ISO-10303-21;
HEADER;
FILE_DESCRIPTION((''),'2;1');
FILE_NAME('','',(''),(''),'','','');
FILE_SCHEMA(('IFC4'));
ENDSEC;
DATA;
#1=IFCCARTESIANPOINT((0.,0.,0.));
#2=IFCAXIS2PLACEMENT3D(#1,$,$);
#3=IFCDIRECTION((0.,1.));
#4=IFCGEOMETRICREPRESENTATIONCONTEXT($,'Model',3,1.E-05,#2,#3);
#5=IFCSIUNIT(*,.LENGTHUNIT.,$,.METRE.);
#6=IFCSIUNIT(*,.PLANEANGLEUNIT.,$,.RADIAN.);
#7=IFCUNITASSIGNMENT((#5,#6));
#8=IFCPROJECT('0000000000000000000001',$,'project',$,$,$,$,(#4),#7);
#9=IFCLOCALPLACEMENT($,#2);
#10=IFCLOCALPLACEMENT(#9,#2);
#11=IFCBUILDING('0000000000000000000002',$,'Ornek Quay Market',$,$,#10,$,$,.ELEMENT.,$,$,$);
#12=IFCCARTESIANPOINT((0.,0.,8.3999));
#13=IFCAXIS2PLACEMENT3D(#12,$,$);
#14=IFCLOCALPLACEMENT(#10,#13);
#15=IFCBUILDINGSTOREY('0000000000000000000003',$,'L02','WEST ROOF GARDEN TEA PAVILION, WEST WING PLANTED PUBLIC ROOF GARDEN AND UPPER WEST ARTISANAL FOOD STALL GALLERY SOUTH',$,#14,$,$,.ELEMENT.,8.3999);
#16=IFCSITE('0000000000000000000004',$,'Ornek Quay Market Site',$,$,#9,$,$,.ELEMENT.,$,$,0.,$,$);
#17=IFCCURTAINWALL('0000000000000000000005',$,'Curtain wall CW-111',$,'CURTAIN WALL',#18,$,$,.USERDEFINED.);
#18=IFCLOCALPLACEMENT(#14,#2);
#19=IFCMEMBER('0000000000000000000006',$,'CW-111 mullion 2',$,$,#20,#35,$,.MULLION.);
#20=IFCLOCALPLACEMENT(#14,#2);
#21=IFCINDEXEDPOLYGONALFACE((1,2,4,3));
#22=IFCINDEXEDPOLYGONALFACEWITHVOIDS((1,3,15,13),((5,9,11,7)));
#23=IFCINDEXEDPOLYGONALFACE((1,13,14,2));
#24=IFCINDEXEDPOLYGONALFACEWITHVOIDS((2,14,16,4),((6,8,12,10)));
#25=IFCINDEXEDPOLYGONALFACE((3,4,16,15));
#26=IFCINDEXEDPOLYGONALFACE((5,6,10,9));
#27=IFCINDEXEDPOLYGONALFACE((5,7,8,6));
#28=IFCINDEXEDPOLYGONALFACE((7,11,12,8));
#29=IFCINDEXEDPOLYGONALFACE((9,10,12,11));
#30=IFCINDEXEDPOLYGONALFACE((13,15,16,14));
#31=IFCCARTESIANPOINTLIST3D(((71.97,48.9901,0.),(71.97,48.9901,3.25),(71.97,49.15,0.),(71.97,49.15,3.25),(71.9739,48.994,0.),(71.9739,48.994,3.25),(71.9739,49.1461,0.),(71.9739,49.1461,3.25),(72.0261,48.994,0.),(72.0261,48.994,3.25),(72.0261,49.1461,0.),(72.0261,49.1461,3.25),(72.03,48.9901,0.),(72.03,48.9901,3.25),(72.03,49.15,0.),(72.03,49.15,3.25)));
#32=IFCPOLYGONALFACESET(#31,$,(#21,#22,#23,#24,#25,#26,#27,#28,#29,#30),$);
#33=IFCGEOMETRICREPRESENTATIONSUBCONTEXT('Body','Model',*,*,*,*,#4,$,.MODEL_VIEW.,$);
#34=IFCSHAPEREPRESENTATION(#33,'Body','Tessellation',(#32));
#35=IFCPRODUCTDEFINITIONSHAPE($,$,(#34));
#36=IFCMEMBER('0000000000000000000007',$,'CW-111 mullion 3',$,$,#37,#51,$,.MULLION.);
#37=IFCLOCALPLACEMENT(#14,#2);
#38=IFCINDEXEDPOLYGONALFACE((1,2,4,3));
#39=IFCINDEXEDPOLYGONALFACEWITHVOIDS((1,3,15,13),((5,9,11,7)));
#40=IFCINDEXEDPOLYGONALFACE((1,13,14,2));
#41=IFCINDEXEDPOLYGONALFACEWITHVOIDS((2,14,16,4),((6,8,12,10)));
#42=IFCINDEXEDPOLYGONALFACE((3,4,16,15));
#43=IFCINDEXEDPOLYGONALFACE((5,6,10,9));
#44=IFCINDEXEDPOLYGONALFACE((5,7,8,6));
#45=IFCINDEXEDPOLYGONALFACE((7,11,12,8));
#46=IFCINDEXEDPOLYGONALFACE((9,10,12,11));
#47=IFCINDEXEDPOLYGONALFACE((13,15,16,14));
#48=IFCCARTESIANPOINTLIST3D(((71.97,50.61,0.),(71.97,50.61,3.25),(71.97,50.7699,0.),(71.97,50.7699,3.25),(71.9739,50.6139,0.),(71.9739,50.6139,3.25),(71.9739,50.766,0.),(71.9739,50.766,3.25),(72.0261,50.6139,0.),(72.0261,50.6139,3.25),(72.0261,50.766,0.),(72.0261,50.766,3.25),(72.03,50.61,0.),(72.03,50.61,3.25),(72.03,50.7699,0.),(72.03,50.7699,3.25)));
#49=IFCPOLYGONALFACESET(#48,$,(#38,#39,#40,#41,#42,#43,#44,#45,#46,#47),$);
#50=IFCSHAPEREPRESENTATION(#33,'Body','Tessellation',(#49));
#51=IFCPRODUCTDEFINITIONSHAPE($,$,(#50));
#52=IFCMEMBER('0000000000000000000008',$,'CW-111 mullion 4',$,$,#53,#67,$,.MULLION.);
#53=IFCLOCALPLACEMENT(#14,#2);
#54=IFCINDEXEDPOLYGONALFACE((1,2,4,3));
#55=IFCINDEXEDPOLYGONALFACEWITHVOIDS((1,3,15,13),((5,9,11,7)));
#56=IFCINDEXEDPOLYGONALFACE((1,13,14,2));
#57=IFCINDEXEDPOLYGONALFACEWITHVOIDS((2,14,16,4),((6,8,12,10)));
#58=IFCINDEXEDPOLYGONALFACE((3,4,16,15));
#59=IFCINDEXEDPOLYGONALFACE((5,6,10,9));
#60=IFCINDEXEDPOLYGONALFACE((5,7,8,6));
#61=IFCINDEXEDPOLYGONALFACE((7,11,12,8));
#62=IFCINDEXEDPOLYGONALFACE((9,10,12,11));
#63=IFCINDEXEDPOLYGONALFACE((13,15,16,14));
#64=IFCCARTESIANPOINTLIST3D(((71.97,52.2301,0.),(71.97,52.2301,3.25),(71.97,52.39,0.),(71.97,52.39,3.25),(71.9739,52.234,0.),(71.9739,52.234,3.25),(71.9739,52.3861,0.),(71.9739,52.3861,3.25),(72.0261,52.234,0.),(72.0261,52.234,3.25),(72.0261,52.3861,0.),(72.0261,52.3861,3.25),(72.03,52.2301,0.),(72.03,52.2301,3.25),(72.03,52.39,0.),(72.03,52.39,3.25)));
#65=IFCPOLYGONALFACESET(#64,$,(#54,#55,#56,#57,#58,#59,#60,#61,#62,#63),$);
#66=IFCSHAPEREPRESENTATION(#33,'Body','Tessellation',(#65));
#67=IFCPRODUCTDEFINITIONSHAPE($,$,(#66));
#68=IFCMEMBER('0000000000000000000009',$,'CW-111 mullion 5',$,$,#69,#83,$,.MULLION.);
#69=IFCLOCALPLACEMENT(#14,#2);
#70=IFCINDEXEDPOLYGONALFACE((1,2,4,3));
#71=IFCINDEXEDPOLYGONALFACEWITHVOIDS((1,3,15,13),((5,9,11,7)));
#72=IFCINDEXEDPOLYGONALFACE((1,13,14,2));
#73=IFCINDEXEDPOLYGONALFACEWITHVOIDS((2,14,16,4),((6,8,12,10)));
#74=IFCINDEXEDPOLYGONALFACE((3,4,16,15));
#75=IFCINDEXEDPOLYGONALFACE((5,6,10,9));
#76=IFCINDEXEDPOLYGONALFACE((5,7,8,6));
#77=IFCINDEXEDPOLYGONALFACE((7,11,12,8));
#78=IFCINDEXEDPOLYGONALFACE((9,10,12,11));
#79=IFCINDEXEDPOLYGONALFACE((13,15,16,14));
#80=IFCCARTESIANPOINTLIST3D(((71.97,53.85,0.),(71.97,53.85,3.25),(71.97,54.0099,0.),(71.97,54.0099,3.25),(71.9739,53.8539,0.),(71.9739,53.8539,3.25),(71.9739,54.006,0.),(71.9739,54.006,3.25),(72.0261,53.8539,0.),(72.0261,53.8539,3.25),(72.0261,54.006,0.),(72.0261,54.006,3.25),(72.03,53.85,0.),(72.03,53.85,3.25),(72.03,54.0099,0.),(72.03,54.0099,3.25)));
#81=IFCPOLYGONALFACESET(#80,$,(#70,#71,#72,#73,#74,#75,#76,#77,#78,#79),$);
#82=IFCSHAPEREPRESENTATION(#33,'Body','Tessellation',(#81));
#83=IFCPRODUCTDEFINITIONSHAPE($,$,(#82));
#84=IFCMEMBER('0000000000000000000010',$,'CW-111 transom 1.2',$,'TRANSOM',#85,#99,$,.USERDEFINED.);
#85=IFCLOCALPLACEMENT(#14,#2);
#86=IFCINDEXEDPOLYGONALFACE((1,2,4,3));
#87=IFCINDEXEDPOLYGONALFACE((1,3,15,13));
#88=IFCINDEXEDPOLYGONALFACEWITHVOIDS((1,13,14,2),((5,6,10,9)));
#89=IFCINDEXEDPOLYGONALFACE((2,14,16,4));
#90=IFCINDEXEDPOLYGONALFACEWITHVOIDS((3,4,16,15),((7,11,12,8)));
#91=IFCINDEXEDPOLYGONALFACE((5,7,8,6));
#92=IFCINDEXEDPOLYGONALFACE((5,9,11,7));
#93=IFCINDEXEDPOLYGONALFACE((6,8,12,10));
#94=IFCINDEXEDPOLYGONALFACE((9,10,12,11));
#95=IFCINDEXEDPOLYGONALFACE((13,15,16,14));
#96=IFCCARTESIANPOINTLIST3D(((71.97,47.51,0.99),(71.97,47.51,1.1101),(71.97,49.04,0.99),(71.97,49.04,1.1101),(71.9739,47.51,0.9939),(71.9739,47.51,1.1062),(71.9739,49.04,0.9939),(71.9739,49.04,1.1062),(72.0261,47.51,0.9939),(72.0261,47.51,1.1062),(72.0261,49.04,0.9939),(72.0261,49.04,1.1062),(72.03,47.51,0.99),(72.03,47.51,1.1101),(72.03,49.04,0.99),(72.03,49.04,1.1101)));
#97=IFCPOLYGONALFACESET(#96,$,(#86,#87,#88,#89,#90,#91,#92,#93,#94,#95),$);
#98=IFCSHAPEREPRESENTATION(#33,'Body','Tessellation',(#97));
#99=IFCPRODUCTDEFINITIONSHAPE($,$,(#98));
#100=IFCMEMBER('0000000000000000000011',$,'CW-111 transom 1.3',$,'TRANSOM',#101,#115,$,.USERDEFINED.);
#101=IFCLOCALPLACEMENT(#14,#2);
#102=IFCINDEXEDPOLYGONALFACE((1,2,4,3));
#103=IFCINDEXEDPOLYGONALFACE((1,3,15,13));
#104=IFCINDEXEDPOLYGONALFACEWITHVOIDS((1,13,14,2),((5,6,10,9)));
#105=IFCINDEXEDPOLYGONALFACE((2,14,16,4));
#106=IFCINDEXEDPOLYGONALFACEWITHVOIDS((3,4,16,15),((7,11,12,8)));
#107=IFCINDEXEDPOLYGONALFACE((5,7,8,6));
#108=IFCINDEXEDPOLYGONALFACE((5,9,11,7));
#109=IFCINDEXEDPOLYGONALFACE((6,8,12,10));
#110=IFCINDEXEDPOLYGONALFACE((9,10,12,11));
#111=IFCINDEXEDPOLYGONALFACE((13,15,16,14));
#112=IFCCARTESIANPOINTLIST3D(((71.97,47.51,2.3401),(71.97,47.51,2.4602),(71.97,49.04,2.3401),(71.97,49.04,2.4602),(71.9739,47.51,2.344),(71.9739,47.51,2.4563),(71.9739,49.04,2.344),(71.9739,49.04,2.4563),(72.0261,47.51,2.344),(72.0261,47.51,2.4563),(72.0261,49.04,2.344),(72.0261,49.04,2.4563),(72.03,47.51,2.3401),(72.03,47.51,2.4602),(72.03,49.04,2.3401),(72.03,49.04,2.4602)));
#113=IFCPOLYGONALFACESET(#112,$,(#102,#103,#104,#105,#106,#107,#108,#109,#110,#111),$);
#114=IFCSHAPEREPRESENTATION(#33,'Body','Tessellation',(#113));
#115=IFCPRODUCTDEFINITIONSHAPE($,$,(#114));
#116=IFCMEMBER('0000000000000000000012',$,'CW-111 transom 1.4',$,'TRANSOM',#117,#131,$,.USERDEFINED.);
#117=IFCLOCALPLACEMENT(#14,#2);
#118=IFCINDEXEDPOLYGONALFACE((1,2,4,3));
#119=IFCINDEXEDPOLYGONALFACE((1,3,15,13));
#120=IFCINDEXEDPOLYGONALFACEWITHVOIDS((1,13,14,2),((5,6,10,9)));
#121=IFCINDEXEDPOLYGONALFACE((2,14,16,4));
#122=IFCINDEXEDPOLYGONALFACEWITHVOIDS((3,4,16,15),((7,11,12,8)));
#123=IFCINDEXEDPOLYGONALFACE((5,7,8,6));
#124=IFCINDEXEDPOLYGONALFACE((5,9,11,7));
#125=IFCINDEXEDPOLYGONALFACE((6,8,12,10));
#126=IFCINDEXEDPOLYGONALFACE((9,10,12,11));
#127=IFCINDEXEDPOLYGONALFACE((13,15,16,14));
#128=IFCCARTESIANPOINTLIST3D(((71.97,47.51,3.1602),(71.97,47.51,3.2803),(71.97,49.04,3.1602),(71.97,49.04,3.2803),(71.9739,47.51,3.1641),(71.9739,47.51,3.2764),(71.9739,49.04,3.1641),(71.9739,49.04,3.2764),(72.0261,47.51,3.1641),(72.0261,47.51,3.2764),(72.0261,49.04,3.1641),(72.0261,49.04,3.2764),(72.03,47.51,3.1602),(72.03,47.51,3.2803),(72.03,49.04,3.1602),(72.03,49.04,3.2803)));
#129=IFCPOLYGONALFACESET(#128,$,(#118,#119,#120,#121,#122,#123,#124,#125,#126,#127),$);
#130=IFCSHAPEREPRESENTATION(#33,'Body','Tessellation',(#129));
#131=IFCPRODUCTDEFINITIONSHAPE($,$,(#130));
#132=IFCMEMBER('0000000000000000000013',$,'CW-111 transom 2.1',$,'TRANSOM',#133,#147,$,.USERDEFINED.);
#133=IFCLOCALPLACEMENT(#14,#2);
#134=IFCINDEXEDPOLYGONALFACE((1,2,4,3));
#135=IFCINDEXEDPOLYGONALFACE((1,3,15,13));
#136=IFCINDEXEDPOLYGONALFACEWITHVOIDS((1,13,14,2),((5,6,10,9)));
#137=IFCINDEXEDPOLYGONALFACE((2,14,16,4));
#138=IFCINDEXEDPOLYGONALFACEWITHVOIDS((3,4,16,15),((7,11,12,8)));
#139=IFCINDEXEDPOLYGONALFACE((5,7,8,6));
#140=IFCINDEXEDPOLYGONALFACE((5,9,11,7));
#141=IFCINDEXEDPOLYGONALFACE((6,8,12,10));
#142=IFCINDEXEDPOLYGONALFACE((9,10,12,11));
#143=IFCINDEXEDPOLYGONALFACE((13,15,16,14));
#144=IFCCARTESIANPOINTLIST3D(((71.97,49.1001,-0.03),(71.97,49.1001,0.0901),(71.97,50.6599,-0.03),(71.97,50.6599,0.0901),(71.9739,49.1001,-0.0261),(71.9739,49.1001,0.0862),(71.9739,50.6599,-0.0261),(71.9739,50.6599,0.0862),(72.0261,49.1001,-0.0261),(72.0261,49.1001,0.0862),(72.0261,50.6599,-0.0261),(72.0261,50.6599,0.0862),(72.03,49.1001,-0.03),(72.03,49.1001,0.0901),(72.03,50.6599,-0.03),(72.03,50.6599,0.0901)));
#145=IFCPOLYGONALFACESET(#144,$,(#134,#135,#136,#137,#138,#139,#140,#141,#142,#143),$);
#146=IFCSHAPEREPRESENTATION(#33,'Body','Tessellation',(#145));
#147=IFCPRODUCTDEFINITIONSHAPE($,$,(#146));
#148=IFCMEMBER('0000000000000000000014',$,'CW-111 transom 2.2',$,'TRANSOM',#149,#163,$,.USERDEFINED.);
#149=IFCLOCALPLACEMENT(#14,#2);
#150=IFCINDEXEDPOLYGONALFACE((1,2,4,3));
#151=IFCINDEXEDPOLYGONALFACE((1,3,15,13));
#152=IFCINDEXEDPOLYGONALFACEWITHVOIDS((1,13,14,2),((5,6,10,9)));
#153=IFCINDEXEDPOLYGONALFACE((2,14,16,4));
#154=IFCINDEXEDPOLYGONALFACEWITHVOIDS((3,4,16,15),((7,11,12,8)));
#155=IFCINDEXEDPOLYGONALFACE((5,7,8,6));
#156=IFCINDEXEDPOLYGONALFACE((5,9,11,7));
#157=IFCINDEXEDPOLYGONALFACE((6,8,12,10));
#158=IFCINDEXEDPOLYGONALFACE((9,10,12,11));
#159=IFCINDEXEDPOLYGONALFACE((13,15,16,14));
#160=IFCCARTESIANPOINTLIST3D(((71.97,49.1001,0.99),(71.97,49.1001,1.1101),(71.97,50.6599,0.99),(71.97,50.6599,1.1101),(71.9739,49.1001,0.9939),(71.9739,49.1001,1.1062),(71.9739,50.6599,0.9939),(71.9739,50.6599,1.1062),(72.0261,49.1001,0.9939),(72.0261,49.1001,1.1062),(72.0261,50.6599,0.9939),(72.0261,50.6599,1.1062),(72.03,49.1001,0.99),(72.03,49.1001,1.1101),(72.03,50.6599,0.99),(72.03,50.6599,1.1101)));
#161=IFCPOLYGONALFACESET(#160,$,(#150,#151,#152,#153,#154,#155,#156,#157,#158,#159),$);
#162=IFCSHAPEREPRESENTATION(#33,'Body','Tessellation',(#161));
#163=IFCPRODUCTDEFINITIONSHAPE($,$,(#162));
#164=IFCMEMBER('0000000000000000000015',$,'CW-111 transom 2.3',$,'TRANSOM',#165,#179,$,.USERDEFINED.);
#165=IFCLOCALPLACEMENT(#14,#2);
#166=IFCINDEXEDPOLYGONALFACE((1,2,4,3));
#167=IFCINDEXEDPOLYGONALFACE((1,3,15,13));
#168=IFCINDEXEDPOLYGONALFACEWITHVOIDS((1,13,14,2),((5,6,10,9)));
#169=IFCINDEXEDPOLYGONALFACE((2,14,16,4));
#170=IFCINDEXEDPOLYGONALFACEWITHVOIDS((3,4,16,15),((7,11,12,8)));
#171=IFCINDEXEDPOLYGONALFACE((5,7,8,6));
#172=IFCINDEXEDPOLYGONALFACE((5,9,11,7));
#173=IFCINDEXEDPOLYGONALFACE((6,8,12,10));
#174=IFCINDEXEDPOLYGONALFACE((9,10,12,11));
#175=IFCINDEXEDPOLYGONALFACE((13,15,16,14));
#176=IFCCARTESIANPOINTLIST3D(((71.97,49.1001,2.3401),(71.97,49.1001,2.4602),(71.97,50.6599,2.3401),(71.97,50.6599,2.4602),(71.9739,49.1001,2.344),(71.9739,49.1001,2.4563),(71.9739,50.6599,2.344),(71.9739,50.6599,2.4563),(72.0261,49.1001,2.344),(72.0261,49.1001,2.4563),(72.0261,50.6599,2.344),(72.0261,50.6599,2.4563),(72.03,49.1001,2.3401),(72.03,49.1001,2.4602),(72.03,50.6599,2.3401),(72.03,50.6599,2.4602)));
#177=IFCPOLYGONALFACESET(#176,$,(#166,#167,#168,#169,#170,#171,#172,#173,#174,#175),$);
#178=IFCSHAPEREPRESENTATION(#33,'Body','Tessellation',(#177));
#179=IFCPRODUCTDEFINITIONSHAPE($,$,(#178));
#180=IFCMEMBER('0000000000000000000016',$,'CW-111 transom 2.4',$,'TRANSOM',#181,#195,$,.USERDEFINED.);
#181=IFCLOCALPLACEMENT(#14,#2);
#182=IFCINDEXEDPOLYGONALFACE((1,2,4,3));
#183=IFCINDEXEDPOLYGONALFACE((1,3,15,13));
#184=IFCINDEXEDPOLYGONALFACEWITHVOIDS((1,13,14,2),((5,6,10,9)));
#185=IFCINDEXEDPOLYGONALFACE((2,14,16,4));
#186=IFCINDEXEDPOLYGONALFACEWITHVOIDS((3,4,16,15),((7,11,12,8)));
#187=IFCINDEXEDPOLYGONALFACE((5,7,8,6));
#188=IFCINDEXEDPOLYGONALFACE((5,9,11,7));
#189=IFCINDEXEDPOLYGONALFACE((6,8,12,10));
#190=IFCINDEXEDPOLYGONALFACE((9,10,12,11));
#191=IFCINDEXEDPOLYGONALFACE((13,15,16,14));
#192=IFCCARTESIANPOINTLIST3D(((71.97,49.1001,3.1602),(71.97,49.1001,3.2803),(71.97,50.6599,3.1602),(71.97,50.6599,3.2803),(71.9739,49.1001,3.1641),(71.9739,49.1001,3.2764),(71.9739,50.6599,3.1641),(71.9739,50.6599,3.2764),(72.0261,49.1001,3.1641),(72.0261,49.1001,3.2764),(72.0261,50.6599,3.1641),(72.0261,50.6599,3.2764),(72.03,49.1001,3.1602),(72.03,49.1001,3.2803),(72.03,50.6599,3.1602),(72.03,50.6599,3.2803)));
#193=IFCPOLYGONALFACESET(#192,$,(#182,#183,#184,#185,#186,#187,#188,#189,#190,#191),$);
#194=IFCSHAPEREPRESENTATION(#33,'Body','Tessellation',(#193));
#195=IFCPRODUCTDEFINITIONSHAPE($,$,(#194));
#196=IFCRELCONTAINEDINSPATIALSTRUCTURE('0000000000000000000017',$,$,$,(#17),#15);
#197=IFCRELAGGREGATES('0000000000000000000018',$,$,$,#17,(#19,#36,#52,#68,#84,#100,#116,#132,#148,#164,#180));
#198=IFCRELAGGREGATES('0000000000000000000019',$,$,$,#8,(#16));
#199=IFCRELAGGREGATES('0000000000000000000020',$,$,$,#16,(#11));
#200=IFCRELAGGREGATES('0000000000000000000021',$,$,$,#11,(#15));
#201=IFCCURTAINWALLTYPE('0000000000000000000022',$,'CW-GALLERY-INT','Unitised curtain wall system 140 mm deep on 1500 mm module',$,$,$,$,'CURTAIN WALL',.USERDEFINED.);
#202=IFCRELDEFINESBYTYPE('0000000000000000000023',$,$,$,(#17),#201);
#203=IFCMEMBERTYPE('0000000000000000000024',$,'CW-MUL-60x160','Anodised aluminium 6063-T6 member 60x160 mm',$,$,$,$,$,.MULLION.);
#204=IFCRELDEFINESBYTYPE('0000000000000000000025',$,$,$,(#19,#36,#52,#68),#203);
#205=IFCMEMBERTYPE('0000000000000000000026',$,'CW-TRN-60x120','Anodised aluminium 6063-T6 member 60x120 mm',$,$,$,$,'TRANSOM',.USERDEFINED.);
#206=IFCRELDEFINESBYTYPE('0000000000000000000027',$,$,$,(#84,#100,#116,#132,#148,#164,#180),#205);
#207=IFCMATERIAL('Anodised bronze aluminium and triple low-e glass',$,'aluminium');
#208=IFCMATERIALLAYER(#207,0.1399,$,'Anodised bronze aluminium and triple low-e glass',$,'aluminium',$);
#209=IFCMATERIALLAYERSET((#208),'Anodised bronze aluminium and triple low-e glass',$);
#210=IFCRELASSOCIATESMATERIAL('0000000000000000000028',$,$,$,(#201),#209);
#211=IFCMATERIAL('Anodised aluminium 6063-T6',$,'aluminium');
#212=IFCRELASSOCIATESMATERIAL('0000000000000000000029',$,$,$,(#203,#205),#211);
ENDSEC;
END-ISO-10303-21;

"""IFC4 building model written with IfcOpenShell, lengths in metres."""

from ifc_helpers import new_model, si_unit, direction, frame, origin, origin_2d, place, context, subcontext, project, spatial, hollow_rectangle, extrude, material, layer, layer_set, material_profile, profile_set, type_object, element, aggregate, save


model = new_model("IFC4")

# Units and contexts
model_context = context("Model", 3, precision=1e-05, world=origin(), true_north=direction((0.0, 1.0)))
body_context = subcontext(model_context, "Body", "Model", "MODEL_VIEW")
ifc_project = project(units=[si_unit("LENGTHUNIT", "METRE"), si_unit("PLANEANGLEUNIT", "RADIAN")], contexts=[model_context])

# Site, building, storey
site_placement = place(None, origin())
site = spatial("IfcSite", under=ifc_project, at=site_placement, Name="Ornek Quay Market Site", CompositionType="ELEMENT", RefElevation=0.0)
building_placement = place(site_placement, origin())
building = spatial("IfcBuilding", under=site, at=building_placement, Name="Ornek Quay Market", CompositionType="ELEMENT")
storey_placement = place(building_placement, frame((0.0, 0.0, 8.3999)))
storey = spatial("IfcBuildingStorey", under=building, at=storey_placement, Name="L02", Description="WEST ROOF GARDEN TEA PAVILION, WEST WING PLANTED PUBLIC ROOF GARDEN AND UPPER WEST ARTISANAL FOOD STALL GALLERY SOUTH", CompositionType="ELEMENT", Elevation=8.3999)

# Curtain wall, members
ifc_material_1 = material(Name="Anodised bronze aluminium and triple low-e glass", Category="aluminium")
ifc_layer_1 = layer(ifc_material_1, 0.1399, Name="Anodised bronze aluminium and triple low-e glass", Category="aluminium")
ifc_layer_set_1 = layer_set([ifc_layer_1], Name="Anodised bronze aluminium and triple low-e glass")
curtain_wall_type = type_object("IfcCurtainWallType", Name="CW-GALLERY-INT", Description="Unitised curtain wall system 140 mm deep on 1500 mm module", ElementType="CURTAIN WALL", PredefinedType="USERDEFINED", material=ifc_layer_set_1)
curtain_wall_placement = place(storey_placement, origin())
curtain_wall = element("IfcCurtainWall", 1, at=curtain_wall_placement, inside=storey, type_object=curtain_wall_type, Name="Curtain wall CW-111", ObjectType="CURTAIN WALL", PredefinedType="USERDEFINED")
ifc_material_2 = material(Name="Anodised aluminium 6063-T6", Category="aluminium")
ifc_material_profile_1 = material_profile(ifc_material_2, hollow_rectangle(XDim=0.0601, YDim=0.1599, WallThickness=0.0039, at=origin_2d()), Name="CW-MUL-60x160", Category="aluminium")
ifc_profile_set_1 = profile_set([ifc_material_profile_1], Name="Anodised aluminium 6063-T6")
member_type_1 = type_object("IfcMemberType", Name="CW-MUL-60x160", Description="Anodised aluminium 6063-T6 member 60x160 mm", PredefinedType="MULLION", material=ifc_profile_set_1)
member_1_placement = place(storey_placement, frame((72.0, 49.0701, 0.0), z_axis=(0.0, 0.0, 1.0), x_axis=(-1.0, 0.0, 0.0)))
member_1 = element("IfcMember", 2, at=member_1_placement, type_object=member_type_1, Name="CW-111 mullion 2", PredefinedType="MULLION", context=body_context, shape_type="SweptSolid", body=[
    extrude(hollow_rectangle(XDim=0.0601, YDim=0.1599, WallThickness=0.0039, at=origin_2d()), origin(), (0.0, 0.0, 1.0), 3.25),
])
member_2_placement = place(storey_placement, frame((72.0, 50.6899, 0.0), z_axis=(0.0, 0.0, 1.0), x_axis=(-1.0, 0.0, 0.0)))
member_2 = element("IfcMember", 3, at=member_2_placement, type_object=member_type_1, Name="CW-111 mullion 3", PredefinedType="MULLION", context=body_context, shape_type="SweptSolid", body=[
    extrude(hollow_rectangle(XDim=0.0601, YDim=0.1599, WallThickness=0.0039, at=origin_2d()), origin(), (0.0, 0.0, 1.0), 3.25),
])
member_3_placement = place(storey_placement, frame((72.0, 52.3101, 0.0), z_axis=(0.0, 0.0, 1.0), x_axis=(-1.0, 0.0, 0.0)))
member_3 = element("IfcMember", 4, at=member_3_placement, type_object=member_type_1, Name="CW-111 mullion 4", PredefinedType="MULLION", context=body_context, shape_type="SweptSolid", body=[
    extrude(hollow_rectangle(XDim=0.0601, YDim=0.1599, WallThickness=0.0039, at=origin_2d()), origin(), (0.0, 0.0, 1.0), 3.25),
])
member_4_placement = place(storey_placement, frame((72.0, 53.9299, 0.0), z_axis=(0.0, 0.0, 1.0), x_axis=(-1.0, 0.0, 0.0)))
member_4 = element("IfcMember", 5, at=member_4_placement, type_object=member_type_1, Name="CW-111 mullion 5", PredefinedType="MULLION", context=body_context, shape_type="SweptSolid", body=[
    extrude(hollow_rectangle(XDim=0.0601, YDim=0.1599, WallThickness=0.0039, at=origin_2d()), origin(), (0.0, 0.0, 1.0), 3.25),
])
ifc_material_profile_2 = material_profile(ifc_material_2, hollow_rectangle(XDim=0.0601, YDim=0.1201, WallThickness=0.0039, at=origin_2d()), Name="CW-TRN-60x120", Category="aluminium")
ifc_profile_set_2 = profile_set([ifc_material_profile_2], Name="Anodised aluminium 6063-T6")
member_type_2 = type_object("IfcMemberType", Name="CW-TRN-60x120", Description="Anodised aluminium 6063-T6 member 60x120 mm", ElementType="TRANSOM", PredefinedType="USERDEFINED", material=ifc_profile_set_2)
member_5_placement = place(storey_placement, frame((72.0, 47.51, 1.05), z_axis=(0.0, 1.0, 0.0), x_axis=(-1.0, 0.0, 0.0)))
member_5 = element("IfcMember", 6, at=member_5_placement, type_object=member_type_2, Name="CW-111 transom 1.2", ObjectType="TRANSOM", PredefinedType="USERDEFINED", context=body_context, shape_type="SweptSolid", body=[
    extrude(hollow_rectangle(XDim=0.0601, YDim=0.1201, WallThickness=0.0039, at=origin_2d()), origin(), (0.0, 0.0, 1.0), 1.53),
])
member_6_placement = place(storey_placement, frame((72.0, 47.51, 2.4001), z_axis=(0.0, 1.0, 0.0), x_axis=(-1.0, 0.0, 0.0)))
member_6 = element("IfcMember", 7, at=member_6_placement, type_object=member_type_2, Name="CW-111 transom 1.3", ObjectType="TRANSOM", PredefinedType="USERDEFINED", context=body_context, shape_type="SweptSolid", body=[
    extrude(hollow_rectangle(XDim=0.0601, YDim=0.1201, WallThickness=0.0039, at=origin_2d()), origin(), (0.0, 0.0, 1.0), 1.53),
])
member_7_placement = place(storey_placement, frame((72.0, 47.51, 3.2202), z_axis=(0.0, 1.0, 0.0), x_axis=(-1.0, 0.0, 0.0)))
member_7 = element("IfcMember", 8, at=member_7_placement, type_object=member_type_2, Name="CW-111 transom 1.4", ObjectType="TRANSOM", PredefinedType="USERDEFINED", context=body_context, shape_type="SweptSolid", body=[
    extrude(hollow_rectangle(XDim=0.0601, YDim=0.1201, WallThickness=0.0039, at=origin_2d()), origin(), (0.0, 0.0, 1.0), 1.53),
])
member_8_placement = place(storey_placement, frame((72.0, 49.1001, 0.03), z_axis=(0.0, 1.0, 0.0), x_axis=(-1.0, 0.0, 0.0)))
member_8 = element("IfcMember", 9, at=member_8_placement, type_object=member_type_2, Name="CW-111 transom 2.1", ObjectType="TRANSOM", PredefinedType="USERDEFINED", context=body_context, shape_type="SweptSolid", body=[
    extrude(hollow_rectangle(XDim=0.0601, YDim=0.1201, WallThickness=0.0039, at=origin_2d()), origin(), (0.0, 0.0, 1.0), 1.5598),
])
member_9_placement = place(storey_placement, frame((72.0, 49.1001, 1.05), z_axis=(0.0, 1.0, 0.0), x_axis=(-1.0, 0.0, 0.0)))
member_9 = element("IfcMember", 10, at=member_9_placement, type_object=member_type_2, Name="CW-111 transom 2.2", ObjectType="TRANSOM", PredefinedType="USERDEFINED", context=body_context, shape_type="SweptSolid", body=[
    extrude(hollow_rectangle(XDim=0.0601, YDim=0.1201, WallThickness=0.0039, at=origin_2d()), origin(), (0.0, 0.0, 1.0), 1.5598),
])
member_10_placement = place(storey_placement, frame((72.0, 49.1001, 2.4001), z_axis=(0.0, 1.0, 0.0), x_axis=(-1.0, 0.0, 0.0)))
member_10 = element("IfcMember", 11, at=member_10_placement, type_object=member_type_2, Name="CW-111 transom 2.3", ObjectType="TRANSOM", PredefinedType="USERDEFINED", context=body_context, shape_type="SweptSolid", body=[
    extrude(hollow_rectangle(XDim=0.0601, YDim=0.1201, WallThickness=0.0039, at=origin_2d()), origin(), (0.0, 0.0, 1.0), 1.5598),
])
member_11_placement = place(storey_placement, frame((72.0, 49.1001, 3.2202), z_axis=(0.0, 1.0, 0.0), x_axis=(-1.0, 0.0, 0.0)))
member_11 = element("IfcMember", 12, at=member_11_placement, type_object=member_type_2, Name="CW-111 transom 2.4", ObjectType="TRANSOM", PredefinedType="USERDEFINED", context=body_context, shape_type="SweptSolid", body=[
    extrude(hollow_rectangle(XDim=0.0601, YDim=0.1201, WallThickness=0.0039, at=origin_2d()), origin(), (0.0, 0.0, 1.0), 1.5598),
])
aggregate(curtain_wall, [member_1, member_2, member_3, member_4, member_5, member_6, member_7, member_8, member_9, member_10, member_11])

save(model, "model.ifc")
